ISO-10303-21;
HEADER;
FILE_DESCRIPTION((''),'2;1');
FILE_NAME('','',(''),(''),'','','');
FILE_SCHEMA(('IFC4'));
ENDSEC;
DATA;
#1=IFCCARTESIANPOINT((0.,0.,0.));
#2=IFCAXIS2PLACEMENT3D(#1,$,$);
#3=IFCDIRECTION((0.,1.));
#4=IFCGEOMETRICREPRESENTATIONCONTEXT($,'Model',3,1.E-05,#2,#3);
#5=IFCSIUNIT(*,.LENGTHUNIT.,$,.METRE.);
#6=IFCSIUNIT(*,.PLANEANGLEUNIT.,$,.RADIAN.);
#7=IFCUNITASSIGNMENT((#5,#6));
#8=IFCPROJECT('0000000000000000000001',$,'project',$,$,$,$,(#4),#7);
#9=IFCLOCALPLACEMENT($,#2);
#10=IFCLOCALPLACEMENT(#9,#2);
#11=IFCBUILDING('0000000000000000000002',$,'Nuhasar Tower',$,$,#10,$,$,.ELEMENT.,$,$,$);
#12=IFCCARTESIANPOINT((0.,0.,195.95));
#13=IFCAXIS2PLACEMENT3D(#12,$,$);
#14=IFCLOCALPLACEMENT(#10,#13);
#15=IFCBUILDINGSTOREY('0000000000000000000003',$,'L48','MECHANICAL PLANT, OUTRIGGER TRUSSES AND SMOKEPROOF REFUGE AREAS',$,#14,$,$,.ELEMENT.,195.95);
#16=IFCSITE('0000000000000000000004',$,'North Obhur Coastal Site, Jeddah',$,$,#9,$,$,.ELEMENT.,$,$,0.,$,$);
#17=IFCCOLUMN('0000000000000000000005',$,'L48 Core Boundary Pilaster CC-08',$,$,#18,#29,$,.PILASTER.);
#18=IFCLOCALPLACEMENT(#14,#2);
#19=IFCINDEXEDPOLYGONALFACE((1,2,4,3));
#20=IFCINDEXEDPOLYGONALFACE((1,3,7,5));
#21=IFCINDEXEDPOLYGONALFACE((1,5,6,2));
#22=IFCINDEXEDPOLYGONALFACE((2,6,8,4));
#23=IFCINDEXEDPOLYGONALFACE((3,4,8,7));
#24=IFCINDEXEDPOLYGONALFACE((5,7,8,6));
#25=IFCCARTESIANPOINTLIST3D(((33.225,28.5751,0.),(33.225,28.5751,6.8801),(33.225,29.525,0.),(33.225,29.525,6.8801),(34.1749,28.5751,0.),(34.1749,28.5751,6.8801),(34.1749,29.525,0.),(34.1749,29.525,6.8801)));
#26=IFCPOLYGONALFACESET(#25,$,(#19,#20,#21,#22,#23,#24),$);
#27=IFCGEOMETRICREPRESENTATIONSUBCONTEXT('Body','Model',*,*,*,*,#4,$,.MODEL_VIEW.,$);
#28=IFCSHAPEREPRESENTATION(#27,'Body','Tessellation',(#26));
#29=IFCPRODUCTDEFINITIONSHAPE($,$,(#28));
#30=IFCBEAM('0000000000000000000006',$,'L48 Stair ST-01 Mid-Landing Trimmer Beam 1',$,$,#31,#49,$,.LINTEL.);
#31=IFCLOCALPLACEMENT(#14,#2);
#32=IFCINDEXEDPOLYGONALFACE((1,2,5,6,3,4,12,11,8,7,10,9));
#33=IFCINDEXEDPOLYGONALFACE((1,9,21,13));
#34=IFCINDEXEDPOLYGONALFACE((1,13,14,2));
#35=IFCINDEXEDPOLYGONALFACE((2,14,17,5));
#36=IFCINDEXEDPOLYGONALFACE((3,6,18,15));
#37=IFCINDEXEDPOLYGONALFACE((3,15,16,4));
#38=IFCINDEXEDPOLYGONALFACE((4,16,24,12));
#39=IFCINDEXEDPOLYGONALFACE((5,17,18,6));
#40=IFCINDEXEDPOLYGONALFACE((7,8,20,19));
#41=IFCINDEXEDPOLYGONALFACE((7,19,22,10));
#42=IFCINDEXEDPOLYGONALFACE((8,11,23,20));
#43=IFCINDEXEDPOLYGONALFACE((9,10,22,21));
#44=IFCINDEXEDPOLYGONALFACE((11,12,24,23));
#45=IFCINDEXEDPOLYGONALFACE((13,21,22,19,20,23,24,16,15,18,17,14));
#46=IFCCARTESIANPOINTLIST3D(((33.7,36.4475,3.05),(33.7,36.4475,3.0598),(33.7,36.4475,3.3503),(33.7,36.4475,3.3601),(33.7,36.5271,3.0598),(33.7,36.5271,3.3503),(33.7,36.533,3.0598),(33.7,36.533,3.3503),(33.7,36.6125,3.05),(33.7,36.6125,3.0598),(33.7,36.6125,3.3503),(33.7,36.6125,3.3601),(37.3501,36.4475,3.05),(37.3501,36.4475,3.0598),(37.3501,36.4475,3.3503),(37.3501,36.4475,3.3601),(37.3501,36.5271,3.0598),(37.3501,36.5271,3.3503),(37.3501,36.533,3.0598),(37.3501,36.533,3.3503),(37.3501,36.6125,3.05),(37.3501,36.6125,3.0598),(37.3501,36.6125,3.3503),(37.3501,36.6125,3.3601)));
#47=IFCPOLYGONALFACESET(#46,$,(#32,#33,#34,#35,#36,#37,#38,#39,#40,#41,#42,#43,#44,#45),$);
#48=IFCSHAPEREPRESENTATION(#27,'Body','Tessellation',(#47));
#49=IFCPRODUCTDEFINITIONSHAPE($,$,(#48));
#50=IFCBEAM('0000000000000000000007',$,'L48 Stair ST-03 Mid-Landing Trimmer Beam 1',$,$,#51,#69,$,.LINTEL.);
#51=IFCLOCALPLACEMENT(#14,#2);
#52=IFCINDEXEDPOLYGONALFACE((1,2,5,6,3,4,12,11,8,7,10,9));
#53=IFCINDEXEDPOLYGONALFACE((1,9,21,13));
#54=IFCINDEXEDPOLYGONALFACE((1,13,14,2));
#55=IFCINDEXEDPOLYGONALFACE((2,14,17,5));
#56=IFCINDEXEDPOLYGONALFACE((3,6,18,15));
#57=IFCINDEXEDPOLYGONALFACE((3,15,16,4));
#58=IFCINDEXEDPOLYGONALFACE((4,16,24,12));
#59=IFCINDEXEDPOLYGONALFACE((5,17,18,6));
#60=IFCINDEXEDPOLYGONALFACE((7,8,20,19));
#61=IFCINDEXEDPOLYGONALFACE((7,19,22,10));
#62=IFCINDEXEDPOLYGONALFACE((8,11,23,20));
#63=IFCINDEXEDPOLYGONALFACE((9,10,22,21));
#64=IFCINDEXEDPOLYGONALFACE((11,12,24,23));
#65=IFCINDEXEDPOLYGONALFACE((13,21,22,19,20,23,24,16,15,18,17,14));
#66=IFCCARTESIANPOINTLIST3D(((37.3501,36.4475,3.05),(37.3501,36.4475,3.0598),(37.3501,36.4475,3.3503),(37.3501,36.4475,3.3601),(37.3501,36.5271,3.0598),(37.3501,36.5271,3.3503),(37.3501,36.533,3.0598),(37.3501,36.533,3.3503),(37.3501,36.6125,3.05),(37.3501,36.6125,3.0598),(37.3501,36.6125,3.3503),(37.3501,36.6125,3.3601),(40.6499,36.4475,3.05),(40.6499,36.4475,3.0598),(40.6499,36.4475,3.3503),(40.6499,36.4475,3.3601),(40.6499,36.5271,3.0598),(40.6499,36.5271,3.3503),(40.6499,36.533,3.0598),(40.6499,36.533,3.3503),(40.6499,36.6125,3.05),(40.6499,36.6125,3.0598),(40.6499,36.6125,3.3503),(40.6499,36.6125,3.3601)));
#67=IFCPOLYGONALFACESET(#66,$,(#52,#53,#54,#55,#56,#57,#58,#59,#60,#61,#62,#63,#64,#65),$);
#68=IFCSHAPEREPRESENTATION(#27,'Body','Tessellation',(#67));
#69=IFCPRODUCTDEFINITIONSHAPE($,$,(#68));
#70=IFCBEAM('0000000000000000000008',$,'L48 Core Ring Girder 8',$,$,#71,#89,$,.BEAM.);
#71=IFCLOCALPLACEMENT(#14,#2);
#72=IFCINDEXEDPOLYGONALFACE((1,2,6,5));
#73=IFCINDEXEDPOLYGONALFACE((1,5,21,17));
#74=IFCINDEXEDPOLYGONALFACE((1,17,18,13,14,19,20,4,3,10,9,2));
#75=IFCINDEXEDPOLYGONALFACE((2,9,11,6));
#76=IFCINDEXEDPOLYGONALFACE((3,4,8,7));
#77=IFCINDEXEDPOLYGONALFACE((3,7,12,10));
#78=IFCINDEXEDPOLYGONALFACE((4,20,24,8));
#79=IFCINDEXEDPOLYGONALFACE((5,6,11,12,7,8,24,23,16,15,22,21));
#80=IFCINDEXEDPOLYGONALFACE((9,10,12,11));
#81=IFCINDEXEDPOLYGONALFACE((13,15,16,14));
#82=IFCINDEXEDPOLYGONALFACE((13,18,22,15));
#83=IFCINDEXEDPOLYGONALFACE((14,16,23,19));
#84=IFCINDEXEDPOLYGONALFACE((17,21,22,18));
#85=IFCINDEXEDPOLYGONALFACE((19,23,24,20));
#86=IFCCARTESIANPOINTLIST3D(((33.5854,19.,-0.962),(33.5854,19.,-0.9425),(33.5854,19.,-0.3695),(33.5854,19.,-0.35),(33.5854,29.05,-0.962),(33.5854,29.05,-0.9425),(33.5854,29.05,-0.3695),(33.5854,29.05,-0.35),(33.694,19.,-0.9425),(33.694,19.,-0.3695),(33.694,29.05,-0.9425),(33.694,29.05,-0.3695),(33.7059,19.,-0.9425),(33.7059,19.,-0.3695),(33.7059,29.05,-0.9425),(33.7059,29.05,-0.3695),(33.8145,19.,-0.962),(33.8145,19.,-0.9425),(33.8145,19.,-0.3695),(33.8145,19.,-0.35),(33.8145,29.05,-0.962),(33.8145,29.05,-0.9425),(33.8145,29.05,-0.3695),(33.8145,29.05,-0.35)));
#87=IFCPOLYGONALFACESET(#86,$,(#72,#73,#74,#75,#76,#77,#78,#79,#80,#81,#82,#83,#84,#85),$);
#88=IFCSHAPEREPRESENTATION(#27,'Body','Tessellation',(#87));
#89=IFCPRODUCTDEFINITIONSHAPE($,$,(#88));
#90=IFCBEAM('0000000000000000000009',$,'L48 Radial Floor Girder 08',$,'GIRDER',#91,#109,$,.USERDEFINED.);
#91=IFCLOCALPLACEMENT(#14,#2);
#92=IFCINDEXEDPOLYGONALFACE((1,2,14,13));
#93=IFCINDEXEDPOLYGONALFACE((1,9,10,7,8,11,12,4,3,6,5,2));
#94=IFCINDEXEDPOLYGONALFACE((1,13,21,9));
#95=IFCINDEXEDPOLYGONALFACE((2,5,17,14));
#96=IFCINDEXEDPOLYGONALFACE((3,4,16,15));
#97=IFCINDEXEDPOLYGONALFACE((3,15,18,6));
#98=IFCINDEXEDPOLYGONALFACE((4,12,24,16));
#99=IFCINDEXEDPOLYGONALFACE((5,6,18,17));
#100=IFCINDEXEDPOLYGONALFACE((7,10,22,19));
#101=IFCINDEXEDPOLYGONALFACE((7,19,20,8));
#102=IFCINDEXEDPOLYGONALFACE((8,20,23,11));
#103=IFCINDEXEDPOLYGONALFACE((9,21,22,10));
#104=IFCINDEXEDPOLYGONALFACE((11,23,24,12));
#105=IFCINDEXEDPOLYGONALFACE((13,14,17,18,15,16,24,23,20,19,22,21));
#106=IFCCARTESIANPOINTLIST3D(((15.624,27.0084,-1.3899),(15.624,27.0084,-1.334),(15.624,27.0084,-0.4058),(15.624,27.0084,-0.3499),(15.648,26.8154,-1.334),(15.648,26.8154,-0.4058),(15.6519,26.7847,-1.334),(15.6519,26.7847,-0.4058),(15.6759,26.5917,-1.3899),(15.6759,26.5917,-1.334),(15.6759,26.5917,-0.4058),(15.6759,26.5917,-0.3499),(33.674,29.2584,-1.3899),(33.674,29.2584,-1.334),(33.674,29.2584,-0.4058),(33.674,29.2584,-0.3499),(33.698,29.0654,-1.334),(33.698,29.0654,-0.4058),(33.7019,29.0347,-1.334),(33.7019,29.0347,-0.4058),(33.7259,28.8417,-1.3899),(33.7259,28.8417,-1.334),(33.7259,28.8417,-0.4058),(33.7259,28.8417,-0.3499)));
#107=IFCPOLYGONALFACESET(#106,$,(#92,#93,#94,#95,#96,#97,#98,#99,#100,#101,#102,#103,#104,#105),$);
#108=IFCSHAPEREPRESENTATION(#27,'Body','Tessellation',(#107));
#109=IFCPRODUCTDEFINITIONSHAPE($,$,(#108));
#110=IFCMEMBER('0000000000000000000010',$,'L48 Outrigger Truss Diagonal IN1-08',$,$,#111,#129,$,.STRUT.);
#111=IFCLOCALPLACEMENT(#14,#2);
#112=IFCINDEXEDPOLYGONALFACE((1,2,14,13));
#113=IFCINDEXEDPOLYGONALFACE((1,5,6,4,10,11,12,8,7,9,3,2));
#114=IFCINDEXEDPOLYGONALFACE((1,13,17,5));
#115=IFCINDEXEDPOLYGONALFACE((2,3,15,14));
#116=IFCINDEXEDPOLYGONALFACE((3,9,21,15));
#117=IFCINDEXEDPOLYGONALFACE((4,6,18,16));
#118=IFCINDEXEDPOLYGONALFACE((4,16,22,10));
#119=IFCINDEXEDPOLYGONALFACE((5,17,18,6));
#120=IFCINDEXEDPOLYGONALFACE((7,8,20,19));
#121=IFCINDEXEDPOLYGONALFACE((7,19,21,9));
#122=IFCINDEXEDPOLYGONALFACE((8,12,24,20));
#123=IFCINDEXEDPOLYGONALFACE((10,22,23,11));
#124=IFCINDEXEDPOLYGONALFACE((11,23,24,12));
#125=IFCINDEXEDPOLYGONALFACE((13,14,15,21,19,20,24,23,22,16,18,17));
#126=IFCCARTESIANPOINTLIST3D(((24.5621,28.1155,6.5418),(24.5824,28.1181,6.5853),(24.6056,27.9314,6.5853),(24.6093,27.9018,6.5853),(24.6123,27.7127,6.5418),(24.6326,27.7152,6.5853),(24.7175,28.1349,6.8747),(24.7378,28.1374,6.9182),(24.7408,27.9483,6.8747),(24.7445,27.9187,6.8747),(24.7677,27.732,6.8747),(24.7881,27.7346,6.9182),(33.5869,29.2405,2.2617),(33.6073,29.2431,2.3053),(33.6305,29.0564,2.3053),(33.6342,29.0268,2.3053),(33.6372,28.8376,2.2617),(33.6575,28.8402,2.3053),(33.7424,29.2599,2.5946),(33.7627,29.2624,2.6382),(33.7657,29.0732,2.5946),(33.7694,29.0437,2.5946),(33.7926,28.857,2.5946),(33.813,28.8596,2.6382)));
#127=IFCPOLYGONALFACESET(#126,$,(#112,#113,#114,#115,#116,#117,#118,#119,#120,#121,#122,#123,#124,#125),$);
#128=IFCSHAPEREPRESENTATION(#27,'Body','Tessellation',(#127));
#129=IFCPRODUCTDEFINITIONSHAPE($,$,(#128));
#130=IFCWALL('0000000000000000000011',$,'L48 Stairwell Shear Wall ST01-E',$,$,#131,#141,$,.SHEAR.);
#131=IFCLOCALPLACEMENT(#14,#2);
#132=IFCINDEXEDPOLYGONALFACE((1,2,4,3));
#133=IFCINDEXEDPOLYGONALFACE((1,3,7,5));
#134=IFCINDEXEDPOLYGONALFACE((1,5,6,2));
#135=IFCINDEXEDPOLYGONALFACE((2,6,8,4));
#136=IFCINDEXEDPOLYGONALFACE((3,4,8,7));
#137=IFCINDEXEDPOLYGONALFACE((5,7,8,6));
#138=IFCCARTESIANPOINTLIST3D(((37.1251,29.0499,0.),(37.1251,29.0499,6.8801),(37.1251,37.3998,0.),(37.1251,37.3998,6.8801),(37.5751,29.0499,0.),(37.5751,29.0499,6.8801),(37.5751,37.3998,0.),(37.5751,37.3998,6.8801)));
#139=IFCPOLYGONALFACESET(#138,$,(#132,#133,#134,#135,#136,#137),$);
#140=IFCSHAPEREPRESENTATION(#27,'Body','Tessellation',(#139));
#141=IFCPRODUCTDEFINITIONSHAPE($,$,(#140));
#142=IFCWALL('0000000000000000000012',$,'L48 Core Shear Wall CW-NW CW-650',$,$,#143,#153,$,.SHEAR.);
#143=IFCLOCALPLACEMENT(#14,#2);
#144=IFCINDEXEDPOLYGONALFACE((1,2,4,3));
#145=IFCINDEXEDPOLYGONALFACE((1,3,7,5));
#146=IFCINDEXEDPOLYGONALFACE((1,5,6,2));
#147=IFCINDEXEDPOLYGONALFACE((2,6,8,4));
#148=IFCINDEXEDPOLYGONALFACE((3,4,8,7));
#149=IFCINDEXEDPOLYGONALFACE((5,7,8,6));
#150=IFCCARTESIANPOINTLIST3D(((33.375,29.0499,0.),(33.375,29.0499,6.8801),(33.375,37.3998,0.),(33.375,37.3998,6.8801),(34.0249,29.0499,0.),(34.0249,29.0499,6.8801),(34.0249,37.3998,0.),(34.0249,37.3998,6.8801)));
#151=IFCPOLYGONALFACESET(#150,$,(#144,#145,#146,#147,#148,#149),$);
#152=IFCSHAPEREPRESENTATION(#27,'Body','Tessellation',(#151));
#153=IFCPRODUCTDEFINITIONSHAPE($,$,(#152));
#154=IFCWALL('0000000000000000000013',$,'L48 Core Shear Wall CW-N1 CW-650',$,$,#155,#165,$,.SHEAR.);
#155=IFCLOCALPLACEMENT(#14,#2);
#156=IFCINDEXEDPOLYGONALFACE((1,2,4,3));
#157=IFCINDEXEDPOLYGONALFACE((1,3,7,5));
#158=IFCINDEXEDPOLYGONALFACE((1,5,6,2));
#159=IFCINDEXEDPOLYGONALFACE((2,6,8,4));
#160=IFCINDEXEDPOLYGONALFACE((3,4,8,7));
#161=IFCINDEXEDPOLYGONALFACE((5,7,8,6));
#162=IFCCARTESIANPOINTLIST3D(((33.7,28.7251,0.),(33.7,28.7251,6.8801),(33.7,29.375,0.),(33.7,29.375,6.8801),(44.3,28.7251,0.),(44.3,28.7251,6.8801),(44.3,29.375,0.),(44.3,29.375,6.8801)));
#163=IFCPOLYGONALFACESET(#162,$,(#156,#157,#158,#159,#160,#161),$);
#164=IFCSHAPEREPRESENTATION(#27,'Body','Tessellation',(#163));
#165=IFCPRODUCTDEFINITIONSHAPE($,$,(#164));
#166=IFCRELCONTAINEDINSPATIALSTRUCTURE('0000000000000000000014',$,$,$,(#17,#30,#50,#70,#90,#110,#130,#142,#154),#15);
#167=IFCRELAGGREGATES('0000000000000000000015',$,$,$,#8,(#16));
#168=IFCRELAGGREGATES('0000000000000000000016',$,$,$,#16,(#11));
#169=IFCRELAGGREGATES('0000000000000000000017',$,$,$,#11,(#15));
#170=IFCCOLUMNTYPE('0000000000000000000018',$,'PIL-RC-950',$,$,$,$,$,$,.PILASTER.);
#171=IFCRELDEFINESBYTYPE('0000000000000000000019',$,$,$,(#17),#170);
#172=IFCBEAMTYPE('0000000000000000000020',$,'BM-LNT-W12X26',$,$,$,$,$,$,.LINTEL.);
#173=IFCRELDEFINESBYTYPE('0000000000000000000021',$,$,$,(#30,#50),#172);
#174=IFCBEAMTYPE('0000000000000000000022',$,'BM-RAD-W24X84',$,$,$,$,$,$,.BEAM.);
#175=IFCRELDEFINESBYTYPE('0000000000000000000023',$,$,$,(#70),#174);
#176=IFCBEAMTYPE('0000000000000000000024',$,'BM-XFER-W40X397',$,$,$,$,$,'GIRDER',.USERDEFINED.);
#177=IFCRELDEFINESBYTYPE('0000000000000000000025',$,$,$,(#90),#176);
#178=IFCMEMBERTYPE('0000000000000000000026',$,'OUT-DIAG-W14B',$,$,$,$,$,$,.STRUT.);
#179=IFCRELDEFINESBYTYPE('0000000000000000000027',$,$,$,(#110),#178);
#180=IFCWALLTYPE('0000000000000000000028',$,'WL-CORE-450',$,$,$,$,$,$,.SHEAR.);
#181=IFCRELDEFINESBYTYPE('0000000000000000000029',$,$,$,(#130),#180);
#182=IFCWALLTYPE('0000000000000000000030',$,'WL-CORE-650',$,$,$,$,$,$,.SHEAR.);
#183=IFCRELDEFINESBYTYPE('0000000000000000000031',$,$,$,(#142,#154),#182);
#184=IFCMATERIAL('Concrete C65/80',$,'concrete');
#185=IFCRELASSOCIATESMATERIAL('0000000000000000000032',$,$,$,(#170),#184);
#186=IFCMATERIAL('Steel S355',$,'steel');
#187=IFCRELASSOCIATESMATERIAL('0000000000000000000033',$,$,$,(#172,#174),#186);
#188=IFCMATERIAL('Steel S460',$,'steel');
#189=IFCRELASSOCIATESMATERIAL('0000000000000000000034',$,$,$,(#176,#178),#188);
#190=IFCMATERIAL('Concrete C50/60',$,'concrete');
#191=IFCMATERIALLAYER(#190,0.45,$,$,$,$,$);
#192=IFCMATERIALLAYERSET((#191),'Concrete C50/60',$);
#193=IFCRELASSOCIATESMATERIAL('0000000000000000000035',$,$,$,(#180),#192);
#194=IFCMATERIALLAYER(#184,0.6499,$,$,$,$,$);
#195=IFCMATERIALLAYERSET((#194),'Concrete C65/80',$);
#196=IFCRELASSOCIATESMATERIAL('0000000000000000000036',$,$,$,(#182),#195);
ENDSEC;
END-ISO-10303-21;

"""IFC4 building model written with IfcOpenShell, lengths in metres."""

from ifc_helpers import new_model, si_unit, direction, frame, frame_2d, origin, origin_2d, place, context, subcontext, project, spatial, rectangle, i_section, extrude, material, layer, layer_set, material_profile, profile_set, type_object, element, save


model = new_model("IFC4")

# Units and contexts
model_context = context("Model", 3, precision=1e-05, world=origin(), true_north=direction((0.0, 1.0)))
body_context = subcontext(model_context, "Body", "Model", "MODEL_VIEW")
ifc_project = project(units=[si_unit("LENGTHUNIT", "METRE"), si_unit("PLANEANGLEUNIT", "RADIAN")], contexts=[model_context])

# Site, building, storey
site_placement = place(None, origin())
site = spatial("IfcSite", under=ifc_project, at=site_placement, Name="North Obhur Coastal Site, Jeddah", CompositionType="ELEMENT", RefElevation=0.0)
building_placement = place(site_placement, origin())
building = spatial("IfcBuilding", under=site, at=building_placement, Name="Nuhasar Tower", CompositionType="ELEMENT")
storey_placement = place(building_placement, frame((0.0, 0.0, 195.95)))
storey = spatial("IfcBuildingStorey", under=building, at=storey_placement, Name="L48", Description="MECHANICAL PLANT, OUTRIGGER TRUSSES AND SMOKEPROOF REFUGE AREAS", CompositionType="ELEMENT", Elevation=195.95)

# Column
ifc_material_1 = material(Name="Concrete C65/80", Category="concrete")
ifc_material_profile_1 = material_profile(ifc_material_1, rectangle(XDim=0.95, YDim=0.95, at=origin_2d()), Name="RC950X950")
ifc_profile_set_1 = profile_set([ifc_material_profile_1], Name="Concrete C65/80")
column_type = type_object("IfcColumnType", Name="PIL-RC-950", PredefinedType="PILASTER", material=ifc_profile_set_1)
column_placement = place(storey_placement, frame((33.7, 29.05, 0.0), z_axis=(0.0, 0.0, 1.0), x_axis=(1.0, 0.0, 0.0)))
element("IfcColumn", 1, at=column_placement, inside=storey, type_object=column_type, Name="L48 Core Boundary Pilaster CC-08", PredefinedType="PILASTER", context=body_context, shape_type="SweptSolid", body=[
    extrude(rectangle(XDim=0.95, YDim=0.95, at=origin_2d()), origin(), (0.0, 0.0, 1.0), 6.8801),
])

# Beams
ifc_material_2 = material(Name="Steel S355", Category="steel")
ifc_material_profile_2 = material_profile(ifc_material_2, i_section(OverallWidth=0.165, OverallDepth=0.3101, WebThickness=0.0059, FlangeThickness=0.0098, at=origin_2d()), Name="W12X26")
ifc_profile_set_2 = profile_set([ifc_material_profile_2], Name="Steel S355")
beam_type_1 = type_object("IfcBeamType", Name="BM-LNT-W12X26", PredefinedType="LINTEL", material=ifc_profile_set_2)
beam_1_placement = place(storey_placement, frame((33.7, 36.53, 3.2051), z_axis=(1.0, 0.0, 0.0), x_axis=(0.0, 1.0, 0.0)))
element("IfcBeam", 2, at=beam_1_placement, inside=storey, type_object=beam_type_1, Name="L48 Stair ST-01 Mid-Landing Trimmer Beam 1", PredefinedType="LINTEL", context=body_context, shape_type="SweptSolid", body=[
    extrude(i_section(OverallWidth=0.165, OverallDepth=0.3101, WebThickness=0.0059, FlangeThickness=0.0098, at=origin_2d()), origin(), (0.0, 0.0, 1.0), 3.6501),
])
beam_2_placement = place(storey_placement, frame((37.3501, 36.53, 3.2051), z_axis=(1.0, 0.0, 0.0), x_axis=(0.0, 1.0, 0.0)))
element("IfcBeam", 3, at=beam_2_placement, inside=storey, type_object=beam_type_1, Name="L48 Stair ST-03 Mid-Landing Trimmer Beam 1", PredefinedType="LINTEL", context=body_context, shape_type="SweptSolid", body=[
    extrude(i_section(OverallWidth=0.165, OverallDepth=0.3101, WebThickness=0.0059, FlangeThickness=0.0098, at=origin_2d()), origin(), (0.0, 0.0, 1.0), 3.2998),
])
ifc_material_profile_3 = material_profile(ifc_material_2, i_section(OverallWidth=0.229, OverallDepth=0.6121, WebThickness=0.012, FlangeThickness=0.0195, at=origin_2d()), Name="W24X84")
ifc_profile_set_3 = profile_set([ifc_material_profile_3], Name="Steel S355")
beam_type_2 = type_object("IfcBeamType", Name="BM-RAD-W24X84", PredefinedType="BEAM", material=ifc_profile_set_3)
beam_3_placement = place(storey_placement, frame((33.7, 29.05, -0.656), z_axis=(0.0, -1.0, 0.0), x_axis=(1.0, 0.0, 0.0)))
element("IfcBeam", 4, at=beam_3_placement, inside=storey, type_object=beam_type_2, Name="L48 Core Ring Girder 8", PredefinedType="BEAM", context=body_context, shape_type="SweptSolid", body=[
    extrude(i_section(OverallWidth=0.229, OverallDepth=0.6121, WebThickness=0.012, FlangeThickness=0.0195, at=origin_2d()), origin(), (0.0, 0.0, 1.0), 10.05),
])
ifc_material_3 = material(Name="Steel S460", Category="steel")
ifc_material_profile_4 = material_profile(ifc_material_3, i_section(OverallWidth=0.4199, OverallDepth=1.04, WebThickness=0.031, FlangeThickness=0.0559, at=origin_2d()), Name="W40X397")
ifc_profile_set_4 = profile_set([ifc_material_profile_4], Name="Steel S460")
beam_type_3 = type_object("IfcBeamType", Name="BM-XFER-W40X397", ElementType="GIRDER", PredefinedType="USERDEFINED", material=ifc_profile_set_4)
beam_4_placement = place(storey_placement, frame((33.7, 29.05, -0.8699), z_axis=(-0.99232, -0.123696, 0.0), x_axis=(0.123696, -0.99232, 0.0)))
element("IfcBeam", 5, at=beam_4_placement, inside=storey, type_object=beam_type_3, Name="L48 Radial Floor Girder 08", ObjectType="GIRDER", PredefinedType="USERDEFINED", context=body_context, shape_type="SweptSolid", body=[
    extrude(i_section(OverallWidth=0.4199, OverallDepth=1.04, WebThickness=0.031, FlangeThickness=0.0559, at=origin_2d()), origin(), (0.0, 0.0, 1.0), 18.1897),
])

# Member
ifc_material_profile_5 = material_profile(ifc_material_3, i_section(OverallWidth=0.406, OverallDepth=0.416, WebThickness=0.0298, FlangeThickness=0.0481, at=origin_2d()), Name="W14X257")
ifc_profile_set_5 = profile_set([ifc_material_profile_5], Name="Steel S460")
member_type = type_object("IfcMemberType", Name="OUT-DIAG-W14B", PredefinedType="STRUT", material=ifc_profile_set_5)
member_placement = place(storey_placement, frame((33.7, 29.05, 2.45), z_axis=(-0.897864, -0.111923, 0.425809), x_axis=(0.123698, -0.99232, 0.0)))
element("IfcMember", 6, at=member_placement, inside=storey, type_object=member_type, Name="L48 Outrigger Truss Diagonal IN1-08", PredefinedType="STRUT", context=body_context, shape_type="SweptSolid", body=[
    extrude(i_section(OverallWidth=0.406, OverallDepth=0.416, WebThickness=0.0298, FlangeThickness=0.0481, at=origin_2d()), origin(), (0.0, 0.0, 1.0), 10.0515),
])

# Walls
ifc_material_4 = material(Name="Concrete C50/60", Category="concrete")
ifc_layer_1 = layer(ifc_material_4, 0.45)
ifc_layer_set_1 = layer_set([ifc_layer_1], Name="Concrete C50/60")
wall_type_1 = type_object("IfcWallType", Name="WL-CORE-450", PredefinedType="SHEAR", material=ifc_layer_set_1)
wall_1_placement = place(storey_placement, frame((37.3501, 29.05, 0.0), z_axis=(0.0, 0.0, 1.0), x_axis=(0.0, 1.0, 0.0)))
element("IfcWall", 7, at=wall_1_placement, inside=storey, type_object=wall_type_1, Name="L48 Stairwell Shear Wall ST01-E", PredefinedType="SHEAR", context=body_context, shape_type="SweptSolid", body=[
    extrude(rectangle(XDim=8.3499, YDim=0.45, at=frame_2d((4.1748, 0.0))), origin(), (0.0, 0.0, 1.0), 6.8801),
])
ifc_layer_2 = layer(ifc_material_1, 0.6499)
ifc_layer_set_2 = layer_set([ifc_layer_2], Name="Concrete C65/80")
wall_type_2 = type_object("IfcWallType", Name="WL-CORE-650", PredefinedType="SHEAR", material=ifc_layer_set_2)
wall_2_placement = place(storey_placement, frame((33.7, 29.05, 0.0), z_axis=(0.0, 0.0, 1.0), x_axis=(0.0, 1.0, 0.0)))
element("IfcWall", 8, at=wall_2_placement, inside=storey, type_object=wall_type_2, Name="L48 Core Shear Wall CW-NW CW-650", PredefinedType="SHEAR", context=body_context, shape_type="SweptSolid", body=[
    extrude(rectangle(XDim=8.3499, YDim=0.6499, at=frame_2d((4.1748, 0.0))), origin(), (0.0, 0.0, 1.0), 6.8801),
])
wall_3_placement = place(storey_placement, frame((33.7, 29.05, 0.0), z_axis=(0.0, 0.0, 1.0), x_axis=(1.0, 0.0, 0.0)))
element("IfcWall", 9, at=wall_3_placement, inside=storey, type_object=wall_type_2, Name="L48 Core Shear Wall CW-N1 CW-650", PredefinedType="SHEAR", context=body_context, shape_type="SweptSolid", body=[
    extrude(rectangle(XDim=10.6001, YDim=0.6499, at=frame_2d((5.3, 0.0))), origin(), (0.0, 0.0, 1.0), 6.8801),
])

save(model, "model.ifc")
